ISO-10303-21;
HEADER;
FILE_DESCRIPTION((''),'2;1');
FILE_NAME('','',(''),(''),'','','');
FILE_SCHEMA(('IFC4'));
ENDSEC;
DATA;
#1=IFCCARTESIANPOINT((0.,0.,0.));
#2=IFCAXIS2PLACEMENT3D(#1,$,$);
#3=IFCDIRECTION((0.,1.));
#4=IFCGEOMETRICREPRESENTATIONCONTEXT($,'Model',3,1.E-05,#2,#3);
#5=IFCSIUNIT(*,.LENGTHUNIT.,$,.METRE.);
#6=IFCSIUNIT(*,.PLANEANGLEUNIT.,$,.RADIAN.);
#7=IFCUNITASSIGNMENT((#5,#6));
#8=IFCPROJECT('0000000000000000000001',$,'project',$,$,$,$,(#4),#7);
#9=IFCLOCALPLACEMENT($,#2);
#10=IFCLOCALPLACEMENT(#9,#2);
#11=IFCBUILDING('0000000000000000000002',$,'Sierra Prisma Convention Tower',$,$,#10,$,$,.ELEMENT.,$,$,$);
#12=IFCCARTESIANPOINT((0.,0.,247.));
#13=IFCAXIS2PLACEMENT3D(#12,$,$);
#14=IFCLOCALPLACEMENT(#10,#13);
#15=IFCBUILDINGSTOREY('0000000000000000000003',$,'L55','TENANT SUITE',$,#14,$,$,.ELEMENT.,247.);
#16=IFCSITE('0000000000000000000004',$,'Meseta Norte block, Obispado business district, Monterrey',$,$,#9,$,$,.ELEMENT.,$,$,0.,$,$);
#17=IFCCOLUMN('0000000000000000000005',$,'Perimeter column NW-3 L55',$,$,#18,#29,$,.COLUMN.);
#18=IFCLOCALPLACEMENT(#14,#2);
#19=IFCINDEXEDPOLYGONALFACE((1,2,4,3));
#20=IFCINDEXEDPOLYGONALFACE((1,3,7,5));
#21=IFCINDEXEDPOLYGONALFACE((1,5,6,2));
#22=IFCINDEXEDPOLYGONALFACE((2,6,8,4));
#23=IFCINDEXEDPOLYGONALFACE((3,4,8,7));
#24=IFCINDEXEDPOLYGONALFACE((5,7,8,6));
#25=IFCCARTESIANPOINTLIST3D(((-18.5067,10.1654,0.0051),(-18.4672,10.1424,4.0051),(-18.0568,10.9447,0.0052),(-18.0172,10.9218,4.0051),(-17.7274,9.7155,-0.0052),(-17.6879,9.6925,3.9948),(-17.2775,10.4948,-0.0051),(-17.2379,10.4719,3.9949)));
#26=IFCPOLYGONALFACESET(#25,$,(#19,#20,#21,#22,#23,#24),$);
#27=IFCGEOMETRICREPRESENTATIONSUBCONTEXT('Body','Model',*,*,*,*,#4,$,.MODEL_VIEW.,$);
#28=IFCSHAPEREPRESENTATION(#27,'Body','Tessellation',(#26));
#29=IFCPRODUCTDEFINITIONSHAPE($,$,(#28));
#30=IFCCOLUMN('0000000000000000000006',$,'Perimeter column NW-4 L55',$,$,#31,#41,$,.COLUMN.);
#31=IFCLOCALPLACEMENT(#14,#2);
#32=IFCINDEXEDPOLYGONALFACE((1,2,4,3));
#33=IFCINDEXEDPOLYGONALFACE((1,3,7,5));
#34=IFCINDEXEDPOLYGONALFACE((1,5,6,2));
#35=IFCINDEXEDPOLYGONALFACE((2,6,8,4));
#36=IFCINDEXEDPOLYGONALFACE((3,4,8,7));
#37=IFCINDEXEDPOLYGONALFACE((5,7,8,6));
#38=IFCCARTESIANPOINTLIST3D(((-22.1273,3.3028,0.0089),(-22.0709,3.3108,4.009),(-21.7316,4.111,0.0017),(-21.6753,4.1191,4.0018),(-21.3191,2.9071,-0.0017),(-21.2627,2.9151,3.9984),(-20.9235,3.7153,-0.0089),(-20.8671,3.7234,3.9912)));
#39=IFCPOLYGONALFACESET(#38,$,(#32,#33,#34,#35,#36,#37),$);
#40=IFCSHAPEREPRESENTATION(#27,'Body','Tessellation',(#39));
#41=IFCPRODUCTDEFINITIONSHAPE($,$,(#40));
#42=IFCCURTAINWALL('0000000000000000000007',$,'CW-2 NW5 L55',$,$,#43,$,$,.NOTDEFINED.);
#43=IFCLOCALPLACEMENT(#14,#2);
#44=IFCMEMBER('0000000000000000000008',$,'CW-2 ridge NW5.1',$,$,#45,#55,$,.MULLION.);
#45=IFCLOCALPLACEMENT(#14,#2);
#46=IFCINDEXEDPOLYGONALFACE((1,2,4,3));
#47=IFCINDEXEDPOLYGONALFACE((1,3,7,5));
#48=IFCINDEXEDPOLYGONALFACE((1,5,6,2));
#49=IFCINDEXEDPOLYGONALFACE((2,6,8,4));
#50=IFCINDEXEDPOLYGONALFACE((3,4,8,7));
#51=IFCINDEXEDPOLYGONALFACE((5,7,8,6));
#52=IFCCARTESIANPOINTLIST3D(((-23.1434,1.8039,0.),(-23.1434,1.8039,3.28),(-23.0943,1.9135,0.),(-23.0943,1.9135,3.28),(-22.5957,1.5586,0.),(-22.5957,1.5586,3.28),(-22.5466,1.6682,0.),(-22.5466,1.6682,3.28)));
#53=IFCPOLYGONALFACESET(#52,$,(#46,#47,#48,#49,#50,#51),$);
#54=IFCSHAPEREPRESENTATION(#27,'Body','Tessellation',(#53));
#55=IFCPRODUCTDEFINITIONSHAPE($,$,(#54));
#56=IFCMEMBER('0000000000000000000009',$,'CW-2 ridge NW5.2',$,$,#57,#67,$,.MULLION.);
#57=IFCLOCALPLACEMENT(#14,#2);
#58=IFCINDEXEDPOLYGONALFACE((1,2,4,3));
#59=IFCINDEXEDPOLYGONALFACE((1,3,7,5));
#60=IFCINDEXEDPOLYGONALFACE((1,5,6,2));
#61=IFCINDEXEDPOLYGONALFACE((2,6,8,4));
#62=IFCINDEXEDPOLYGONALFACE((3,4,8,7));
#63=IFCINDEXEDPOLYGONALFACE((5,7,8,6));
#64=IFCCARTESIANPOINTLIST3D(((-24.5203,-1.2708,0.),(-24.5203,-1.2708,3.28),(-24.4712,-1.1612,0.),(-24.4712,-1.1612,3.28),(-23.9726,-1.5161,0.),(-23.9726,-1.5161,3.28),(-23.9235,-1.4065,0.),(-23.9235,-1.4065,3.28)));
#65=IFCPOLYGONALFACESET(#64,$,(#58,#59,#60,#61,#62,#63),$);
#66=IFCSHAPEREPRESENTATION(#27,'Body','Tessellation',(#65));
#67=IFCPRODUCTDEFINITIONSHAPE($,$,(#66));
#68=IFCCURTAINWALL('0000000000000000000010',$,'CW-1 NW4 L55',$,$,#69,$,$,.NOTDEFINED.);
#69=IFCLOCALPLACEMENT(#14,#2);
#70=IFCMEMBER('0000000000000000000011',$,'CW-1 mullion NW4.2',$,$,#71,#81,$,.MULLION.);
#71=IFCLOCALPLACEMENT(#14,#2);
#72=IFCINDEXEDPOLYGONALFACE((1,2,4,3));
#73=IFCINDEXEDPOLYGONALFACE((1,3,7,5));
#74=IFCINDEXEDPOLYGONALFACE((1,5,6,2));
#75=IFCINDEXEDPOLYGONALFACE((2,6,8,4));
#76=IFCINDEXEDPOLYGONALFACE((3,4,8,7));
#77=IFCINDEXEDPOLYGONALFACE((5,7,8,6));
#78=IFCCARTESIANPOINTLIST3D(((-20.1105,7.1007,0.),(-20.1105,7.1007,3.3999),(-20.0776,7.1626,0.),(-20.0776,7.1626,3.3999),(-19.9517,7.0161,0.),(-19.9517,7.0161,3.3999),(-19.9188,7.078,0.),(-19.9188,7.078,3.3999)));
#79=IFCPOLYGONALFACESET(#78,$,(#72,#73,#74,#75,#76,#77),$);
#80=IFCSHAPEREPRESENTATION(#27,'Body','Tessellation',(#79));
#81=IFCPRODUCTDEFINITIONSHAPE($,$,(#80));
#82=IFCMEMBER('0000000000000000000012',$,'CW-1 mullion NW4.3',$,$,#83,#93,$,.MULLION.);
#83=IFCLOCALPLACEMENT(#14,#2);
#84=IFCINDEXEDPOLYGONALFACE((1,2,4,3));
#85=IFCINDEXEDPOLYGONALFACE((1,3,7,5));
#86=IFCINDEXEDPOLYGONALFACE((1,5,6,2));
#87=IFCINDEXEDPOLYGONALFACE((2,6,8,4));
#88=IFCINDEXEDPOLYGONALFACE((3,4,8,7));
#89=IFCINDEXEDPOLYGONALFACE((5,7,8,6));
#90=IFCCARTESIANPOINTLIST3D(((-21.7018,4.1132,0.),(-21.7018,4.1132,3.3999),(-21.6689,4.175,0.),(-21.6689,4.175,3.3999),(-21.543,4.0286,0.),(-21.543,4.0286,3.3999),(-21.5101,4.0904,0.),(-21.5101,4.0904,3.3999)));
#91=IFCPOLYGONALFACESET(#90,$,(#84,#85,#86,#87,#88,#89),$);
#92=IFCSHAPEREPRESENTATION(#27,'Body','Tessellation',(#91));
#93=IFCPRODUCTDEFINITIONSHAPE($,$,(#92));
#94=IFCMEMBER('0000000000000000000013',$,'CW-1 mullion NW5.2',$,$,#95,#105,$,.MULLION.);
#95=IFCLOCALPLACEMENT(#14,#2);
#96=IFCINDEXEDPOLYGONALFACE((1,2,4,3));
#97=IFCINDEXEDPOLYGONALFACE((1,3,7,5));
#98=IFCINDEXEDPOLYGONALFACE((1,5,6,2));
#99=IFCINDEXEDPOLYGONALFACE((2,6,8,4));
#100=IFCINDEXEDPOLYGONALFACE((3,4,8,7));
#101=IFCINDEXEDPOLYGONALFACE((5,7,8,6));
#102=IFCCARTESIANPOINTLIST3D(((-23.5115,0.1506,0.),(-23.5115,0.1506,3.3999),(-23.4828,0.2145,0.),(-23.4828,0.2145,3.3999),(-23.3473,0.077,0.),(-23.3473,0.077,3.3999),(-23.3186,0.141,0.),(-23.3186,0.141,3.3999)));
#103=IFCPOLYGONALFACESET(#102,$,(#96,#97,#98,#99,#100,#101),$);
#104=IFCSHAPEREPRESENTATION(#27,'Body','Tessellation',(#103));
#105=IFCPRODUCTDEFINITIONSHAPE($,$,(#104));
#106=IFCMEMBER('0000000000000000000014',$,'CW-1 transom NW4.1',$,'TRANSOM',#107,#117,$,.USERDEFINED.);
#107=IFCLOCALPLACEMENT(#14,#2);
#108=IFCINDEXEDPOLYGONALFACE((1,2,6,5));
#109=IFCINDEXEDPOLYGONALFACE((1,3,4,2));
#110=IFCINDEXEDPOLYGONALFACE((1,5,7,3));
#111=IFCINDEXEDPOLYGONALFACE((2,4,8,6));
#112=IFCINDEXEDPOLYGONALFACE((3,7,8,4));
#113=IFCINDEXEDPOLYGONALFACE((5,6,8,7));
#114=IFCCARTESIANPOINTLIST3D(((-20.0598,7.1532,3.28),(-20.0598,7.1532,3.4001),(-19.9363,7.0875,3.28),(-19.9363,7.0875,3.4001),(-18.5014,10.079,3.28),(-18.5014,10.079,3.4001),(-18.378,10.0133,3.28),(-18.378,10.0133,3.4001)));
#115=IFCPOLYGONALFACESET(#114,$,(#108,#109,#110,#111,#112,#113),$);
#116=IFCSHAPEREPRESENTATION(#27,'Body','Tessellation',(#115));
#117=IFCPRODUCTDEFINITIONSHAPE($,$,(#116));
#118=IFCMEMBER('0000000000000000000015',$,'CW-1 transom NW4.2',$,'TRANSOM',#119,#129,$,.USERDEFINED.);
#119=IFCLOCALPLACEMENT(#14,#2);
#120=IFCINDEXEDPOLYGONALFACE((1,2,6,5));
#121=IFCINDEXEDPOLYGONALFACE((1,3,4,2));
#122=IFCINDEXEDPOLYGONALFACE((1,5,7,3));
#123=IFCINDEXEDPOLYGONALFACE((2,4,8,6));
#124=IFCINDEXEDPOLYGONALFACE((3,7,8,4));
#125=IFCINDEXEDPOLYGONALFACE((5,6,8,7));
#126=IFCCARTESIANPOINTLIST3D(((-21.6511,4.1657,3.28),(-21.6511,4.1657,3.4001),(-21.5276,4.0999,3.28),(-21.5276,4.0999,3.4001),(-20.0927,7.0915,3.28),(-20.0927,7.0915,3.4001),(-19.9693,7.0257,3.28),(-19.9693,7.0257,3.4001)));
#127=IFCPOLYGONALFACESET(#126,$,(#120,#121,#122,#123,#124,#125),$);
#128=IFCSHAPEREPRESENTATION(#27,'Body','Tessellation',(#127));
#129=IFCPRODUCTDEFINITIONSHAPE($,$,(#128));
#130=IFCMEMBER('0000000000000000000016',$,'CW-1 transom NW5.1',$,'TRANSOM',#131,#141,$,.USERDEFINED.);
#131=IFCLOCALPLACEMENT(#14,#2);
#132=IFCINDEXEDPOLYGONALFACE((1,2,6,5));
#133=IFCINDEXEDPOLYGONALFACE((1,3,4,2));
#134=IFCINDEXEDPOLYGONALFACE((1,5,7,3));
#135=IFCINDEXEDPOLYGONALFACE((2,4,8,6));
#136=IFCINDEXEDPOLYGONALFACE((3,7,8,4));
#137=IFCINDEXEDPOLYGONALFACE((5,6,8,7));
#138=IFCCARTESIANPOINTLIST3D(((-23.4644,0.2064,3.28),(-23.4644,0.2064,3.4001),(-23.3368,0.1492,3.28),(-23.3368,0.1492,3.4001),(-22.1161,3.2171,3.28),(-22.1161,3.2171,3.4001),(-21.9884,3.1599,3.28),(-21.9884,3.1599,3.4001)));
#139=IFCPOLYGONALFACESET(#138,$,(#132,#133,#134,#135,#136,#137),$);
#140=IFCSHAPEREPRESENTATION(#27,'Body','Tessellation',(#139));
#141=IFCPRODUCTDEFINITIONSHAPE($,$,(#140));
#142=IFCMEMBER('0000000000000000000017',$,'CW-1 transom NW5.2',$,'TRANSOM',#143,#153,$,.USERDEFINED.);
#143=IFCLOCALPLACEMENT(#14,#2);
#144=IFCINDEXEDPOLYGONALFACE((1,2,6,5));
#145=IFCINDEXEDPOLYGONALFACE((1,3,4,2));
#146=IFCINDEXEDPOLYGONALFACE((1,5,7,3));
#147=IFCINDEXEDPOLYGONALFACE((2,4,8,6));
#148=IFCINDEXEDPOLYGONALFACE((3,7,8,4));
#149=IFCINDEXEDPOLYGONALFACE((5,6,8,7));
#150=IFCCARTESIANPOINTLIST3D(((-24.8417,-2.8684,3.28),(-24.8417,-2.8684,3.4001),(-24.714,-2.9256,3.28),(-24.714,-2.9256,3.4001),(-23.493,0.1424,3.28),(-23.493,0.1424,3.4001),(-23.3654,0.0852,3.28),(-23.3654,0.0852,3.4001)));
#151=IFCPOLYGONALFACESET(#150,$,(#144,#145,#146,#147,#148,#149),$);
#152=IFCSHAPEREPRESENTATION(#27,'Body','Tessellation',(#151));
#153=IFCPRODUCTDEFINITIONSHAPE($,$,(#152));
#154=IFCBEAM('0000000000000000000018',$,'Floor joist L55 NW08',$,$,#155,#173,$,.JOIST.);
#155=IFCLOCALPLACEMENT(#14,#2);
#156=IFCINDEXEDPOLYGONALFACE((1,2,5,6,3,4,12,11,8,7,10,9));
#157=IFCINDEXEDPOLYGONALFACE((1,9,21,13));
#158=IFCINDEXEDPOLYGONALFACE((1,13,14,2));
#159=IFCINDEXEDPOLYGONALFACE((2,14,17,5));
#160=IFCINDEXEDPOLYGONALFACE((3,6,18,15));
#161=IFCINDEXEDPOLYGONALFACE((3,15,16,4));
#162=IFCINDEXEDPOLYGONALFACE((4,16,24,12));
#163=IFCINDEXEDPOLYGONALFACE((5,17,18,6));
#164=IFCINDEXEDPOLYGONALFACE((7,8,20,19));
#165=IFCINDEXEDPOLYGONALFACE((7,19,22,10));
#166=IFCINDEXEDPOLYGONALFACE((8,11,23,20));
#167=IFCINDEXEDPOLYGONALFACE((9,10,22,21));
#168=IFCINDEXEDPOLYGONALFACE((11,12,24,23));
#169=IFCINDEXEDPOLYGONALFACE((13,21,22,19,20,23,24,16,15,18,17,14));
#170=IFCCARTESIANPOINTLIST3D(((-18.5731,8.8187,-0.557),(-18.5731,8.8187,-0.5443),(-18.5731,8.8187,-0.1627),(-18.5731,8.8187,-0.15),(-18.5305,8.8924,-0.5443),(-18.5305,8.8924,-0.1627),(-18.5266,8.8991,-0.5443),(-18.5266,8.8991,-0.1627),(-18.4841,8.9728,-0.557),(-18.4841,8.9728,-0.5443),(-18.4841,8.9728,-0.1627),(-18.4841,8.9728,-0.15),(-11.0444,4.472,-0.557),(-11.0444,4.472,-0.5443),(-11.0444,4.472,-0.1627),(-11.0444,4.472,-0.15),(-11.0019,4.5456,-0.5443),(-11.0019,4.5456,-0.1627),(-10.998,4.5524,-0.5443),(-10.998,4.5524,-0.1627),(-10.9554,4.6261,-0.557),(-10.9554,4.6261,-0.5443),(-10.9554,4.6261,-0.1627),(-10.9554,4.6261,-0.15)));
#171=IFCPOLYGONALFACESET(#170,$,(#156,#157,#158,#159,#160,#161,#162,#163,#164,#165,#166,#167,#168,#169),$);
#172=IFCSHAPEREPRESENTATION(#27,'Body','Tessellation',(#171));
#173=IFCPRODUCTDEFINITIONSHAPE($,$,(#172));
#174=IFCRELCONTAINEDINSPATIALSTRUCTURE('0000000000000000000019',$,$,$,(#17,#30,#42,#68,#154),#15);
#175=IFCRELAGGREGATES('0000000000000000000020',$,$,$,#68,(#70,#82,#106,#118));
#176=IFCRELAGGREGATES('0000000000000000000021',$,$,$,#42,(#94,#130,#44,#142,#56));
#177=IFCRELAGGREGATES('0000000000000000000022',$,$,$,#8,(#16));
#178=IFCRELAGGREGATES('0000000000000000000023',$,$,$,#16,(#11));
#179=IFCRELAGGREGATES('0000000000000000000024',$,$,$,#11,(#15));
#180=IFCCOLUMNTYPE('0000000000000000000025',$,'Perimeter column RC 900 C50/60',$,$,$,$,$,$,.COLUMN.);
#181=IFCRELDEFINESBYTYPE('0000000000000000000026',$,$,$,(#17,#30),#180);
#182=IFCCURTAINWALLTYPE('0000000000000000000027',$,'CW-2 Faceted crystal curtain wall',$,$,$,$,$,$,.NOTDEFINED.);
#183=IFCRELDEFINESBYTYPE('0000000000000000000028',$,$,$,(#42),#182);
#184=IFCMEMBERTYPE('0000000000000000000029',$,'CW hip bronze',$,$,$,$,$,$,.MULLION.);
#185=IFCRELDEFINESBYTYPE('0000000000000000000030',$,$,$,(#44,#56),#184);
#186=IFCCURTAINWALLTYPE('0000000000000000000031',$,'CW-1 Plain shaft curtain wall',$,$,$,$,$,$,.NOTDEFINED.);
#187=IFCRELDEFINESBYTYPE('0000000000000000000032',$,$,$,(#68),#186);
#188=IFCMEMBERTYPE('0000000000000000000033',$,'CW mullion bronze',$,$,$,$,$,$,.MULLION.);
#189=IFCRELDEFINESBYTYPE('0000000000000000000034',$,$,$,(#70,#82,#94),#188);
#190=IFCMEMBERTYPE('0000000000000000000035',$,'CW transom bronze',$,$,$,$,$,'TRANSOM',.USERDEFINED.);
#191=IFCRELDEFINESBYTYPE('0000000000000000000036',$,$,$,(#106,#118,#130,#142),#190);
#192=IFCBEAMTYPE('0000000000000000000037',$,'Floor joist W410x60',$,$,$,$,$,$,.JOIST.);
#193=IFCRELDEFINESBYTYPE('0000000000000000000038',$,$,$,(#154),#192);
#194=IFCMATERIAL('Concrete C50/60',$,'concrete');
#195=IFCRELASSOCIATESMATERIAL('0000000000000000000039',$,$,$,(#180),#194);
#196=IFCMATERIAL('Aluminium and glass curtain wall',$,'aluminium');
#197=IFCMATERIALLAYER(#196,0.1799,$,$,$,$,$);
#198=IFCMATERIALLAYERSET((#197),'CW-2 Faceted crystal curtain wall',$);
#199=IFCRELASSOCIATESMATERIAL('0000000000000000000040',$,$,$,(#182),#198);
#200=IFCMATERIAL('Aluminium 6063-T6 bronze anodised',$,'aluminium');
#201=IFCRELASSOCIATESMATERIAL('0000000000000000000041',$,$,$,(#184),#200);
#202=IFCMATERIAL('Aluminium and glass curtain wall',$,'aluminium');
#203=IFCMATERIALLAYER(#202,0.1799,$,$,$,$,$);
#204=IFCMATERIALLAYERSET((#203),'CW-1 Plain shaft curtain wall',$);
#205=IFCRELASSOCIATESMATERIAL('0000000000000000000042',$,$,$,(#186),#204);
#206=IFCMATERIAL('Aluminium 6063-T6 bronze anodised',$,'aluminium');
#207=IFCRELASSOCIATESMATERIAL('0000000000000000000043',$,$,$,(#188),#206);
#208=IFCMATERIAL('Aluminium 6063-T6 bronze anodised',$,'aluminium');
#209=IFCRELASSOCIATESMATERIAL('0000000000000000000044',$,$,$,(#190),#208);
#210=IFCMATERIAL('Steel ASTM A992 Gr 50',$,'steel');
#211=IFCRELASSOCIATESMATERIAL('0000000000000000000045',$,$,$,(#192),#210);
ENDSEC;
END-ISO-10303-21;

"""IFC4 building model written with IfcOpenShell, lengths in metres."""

from ifc_helpers import new_model, si_unit, direction, frame, origin, origin_2d, place, context, subcontext, project, spatial, rectangle, i_section, extrude, material, layer, layer_set, material_profile, profile_set, type_object, element, aggregate, save


model = new_model("IFC4")

# Units and contexts
model_context = context("Model", 3, precision=1e-05, world=origin(), true_north=direction((0.0, 1.0)))
body_context = subcontext(model_context, "Body", "Model", "MODEL_VIEW")
ifc_project = project(units=[si_unit("LENGTHUNIT", "METRE"), si_unit("PLANEANGLEUNIT", "RADIAN")], contexts=[model_context])

# Site, building, storey
site_placement = place(None, origin())
site = spatial("IfcSite", under=ifc_project, at=site_placement, Name="Meseta Norte block, Obispado business district, Monterrey", CompositionType="ELEMENT", RefElevation=0.0)
building_placement = place(site_placement, origin())
building = spatial("IfcBuilding", under=site, at=building_placement, Name="Sierra Prisma Convention Tower", CompositionType="ELEMENT")
storey_placement = place(building_placement, frame((0.0, 0.0, 247.0)))
storey = spatial("IfcBuildingStorey", under=building, at=storey_placement, Name="L55", Description="TENANT SUITE", CompositionType="ELEMENT", Elevation=247.0)

# Columns
ifc_material_1 = material(Name="Concrete C50/60", Category="concrete")
ifc_material_profile_1 = material_profile(ifc_material_1, rectangle(XDim=0.8999, YDim=0.8999, at=origin_2d()), Name="Perimeter column RC 900 C50/60")
ifc_profile_set_1 = profile_set([ifc_material_profile_1], Name="Concrete C50/60")
column_type = type_object("IfcColumnType", Name="Perimeter column RC 900 C50/60", PredefinedType="COLUMN", material=ifc_profile_set_1)
column_1_placement = place(storey_placement, frame((-17.8921, 10.3301, 0.0), z_axis=(0.009887, -0.005737, 0.999935), x_axis=(0.499976, 0.86604, 0.000025)))
element("IfcColumn", 1, at=column_1_placement, inside=storey, type_object=column_type, Name="Perimeter column NW-3 L55", PredefinedType="COLUMN", context=body_context, shape_type="SweptSolid", body=[
    extrude(rectangle(XDim=0.8999, YDim=0.8999, at=origin_2d()), origin(), (0.0, 0.0, 1.0), 4.0002),
])
column_2_placement = place(storey_placement, frame((-21.5254, 3.509, 0.0), z_axis=(0.014098, 0.002014, 0.999899), x_axis=(0.439656, 0.898131, -0.008008)))
element("IfcColumn", 2, at=column_2_placement, inside=storey, type_object=column_type, Name="Perimeter column NW-4 L55", PredefinedType="COLUMN", context=body_context, shape_type="SweptSolid", body=[
    extrude(rectangle(XDim=0.8999, YDim=0.8999, at=origin_2d()), origin(), (0.0, 0.0, 1.0), 4.0005),
])

# Curtain walls, members
ifc_material_2 = material(Name="Aluminium and glass curtain wall", Category="aluminium")
ifc_layer_1 = layer(ifc_material_2, 0.1799)
ifc_layer_set_1 = layer_set([ifc_layer_1], Name="CW-2 Faceted crystal curtain wall")
curtain_wall_type_1 = type_object("IfcCurtainWallType", Name="CW-2 Faceted crystal curtain wall", PredefinedType="NOTDEFINED", material=ifc_layer_set_1)
curtain_wall_1_placement = place(storey_placement, origin())
curtain_wall_1 = element("IfcCurtainWall", 3, at=curtain_wall_1_placement, inside=storey, type_object=curtain_wall_type_1, Name="CW-2 NW5 L55", PredefinedType="NOTDEFINED")
ifc_material_3 = material(Name="Aluminium 6063-T6 bronze anodised", Category="aluminium")
ifc_material_profile_2 = material_profile(ifc_material_3, rectangle(XDim=0.1201, YDim=0.6001, at=origin_2d()), Name="ALU RIDGE BLADE 120x600")
ifc_profile_set_2 = profile_set([ifc_material_profile_2], Name="Aluminium 6063-T6 bronze anodised")
member_type_1 = type_object("IfcMemberType", Name="CW hip bronze", PredefinedType="MULLION", material=ifc_profile_set_2)
member_1_placement = place(storey_placement, frame((-22.845, 1.7361, 0.0), z_axis=(0.0, 0.0, 1.0), x_axis=(-0.408762, -0.912641, 0.0)))
member_1 = element("IfcMember", 4, at=member_1_placement, type_object=member_type_1, Name="CW-2 ridge NW5.1", PredefinedType="MULLION", context=body_context, shape_type="SweptSolid", body=[
    extrude(rectangle(XDim=0.1201, YDim=0.6001, at=origin_2d()), origin(), (0.0, 0.0, 1.0), 3.28),
])
member_2_placement = place(storey_placement, frame((-24.2219, -1.3386, 0.0), z_axis=(0.0, 0.0, 1.0), x_axis=(-0.408762, -0.912641, 0.0)))
member_2 = element("IfcMember", 5, at=member_2_placement, type_object=member_type_1, Name="CW-2 ridge NW5.2", PredefinedType="MULLION", context=body_context, shape_type="SweptSolid", body=[
    extrude(rectangle(XDim=0.1201, YDim=0.6001, at=origin_2d()), origin(), (0.0, 0.0, 1.0), 3.28),
])
ifc_material_4 = material(Name="Aluminium and glass curtain wall", Category="aluminium")
ifc_layer_2 = layer(ifc_material_4, 0.1799)
ifc_layer_set_2 = layer_set([ifc_layer_2], Name="CW-1 Plain shaft curtain wall")
curtain_wall_type_2 = type_object("IfcCurtainWallType", Name="CW-1 Plain shaft curtain wall", PredefinedType="NOTDEFINED", material=ifc_layer_set_2)
curtain_wall_2_placement = place(storey_placement, origin())
curtain_wall_2 = element("IfcCurtainWall", 6, at=curtain_wall_2_placement, inside=storey, type_object=curtain_wall_type_2, Name="CW-1 NW4 L55", PredefinedType="NOTDEFINED")
ifc_material_5 = material(Name="Aluminium 6063-T6 bronze anodised", Category="aluminium")
ifc_material_profile_3 = material_profile(ifc_material_5, rectangle(XDim=0.1799, YDim=0.0701, at=origin_2d()), Name="ALU MULLION 70x180")
ifc_profile_set_3 = profile_set([ifc_material_profile_3], Name="Aluminium 6063-T6 bronze anodised")
member_type_2 = type_object("IfcMemberType", Name="CW mullion bronze", PredefinedType="MULLION", material=ifc_profile_set_3)
member_3_placement = place(storey_placement, frame((-20.0146, 7.0894, 0.0), z_axis=(0.0, 0.0, 1.0), x_axis=(0.8826, -0.470124, 0.0)))
member_3 = element("IfcMember", 7, at=member_3_placement, type_object=member_type_2, Name="CW-1 mullion NW4.2", PredefinedType="MULLION", context=body_context, shape_type="SweptSolid", body=[
    extrude(rectangle(XDim=0.1799, YDim=0.0701, at=origin_2d()), origin(), (0.0, 0.0, 1.0), 3.3999),
])
member_4_placement = place(storey_placement, frame((-21.606, 4.1018, 0.0), z_axis=(0.0, 0.0, 1.0), x_axis=(0.8826, -0.470124, 0.0)))
member_4 = element("IfcMember", 8, at=member_4_placement, type_object=member_type_2, Name="CW-1 mullion NW4.3", PredefinedType="MULLION", context=body_context, shape_type="SweptSolid", body=[
    extrude(rectangle(XDim=0.1799, YDim=0.0701, at=origin_2d()), origin(), (0.0, 0.0, 1.0), 3.3999),
])

# Members
member_5_placement = place(storey_placement, frame((-23.415, 0.1458, 0.0), z_axis=(0.0, 0.0, 1.0), x_axis=(0.912641, -0.408762, 0.0)))
member_5 = element("IfcMember", 9, at=member_5_placement, type_object=member_type_2, Name="CW-1 mullion NW5.2", PredefinedType="MULLION", context=body_context, shape_type="SweptSolid", body=[
    extrude(rectangle(XDim=0.1799, YDim=0.0701, at=origin_2d()), origin(), (0.0, 0.0, 1.0), 3.3999),
])
ifc_material_6 = material(Name="Aluminium 6063-T6 bronze anodised", Category="aluminium")
ifc_material_profile_4 = material_profile(ifc_material_6, rectangle(XDim=0.1399, YDim=0.1201, at=origin_2d()), Name="ALU TRANSOM 120x140")
ifc_profile_set_4 = profile_set([ifc_material_profile_4], Name="Aluminium 6063-T6 bronze anodised")
member_type_3 = type_object("IfcMemberType", Name="CW transom bronze", ElementType="TRANSOM", PredefinedType="USERDEFINED", material=ifc_profile_set_4)
member_6_placement = place(storey_placement, frame((-18.4397, 10.0461, 3.3401), z_axis=(-0.470103, -0.882612, 0.0), x_axis=(0.882612, -0.470103, 0.0)))
member_6 = element("IfcMember", 10, at=member_6_placement, type_object=member_type_3, Name="CW-1 transom NW4.1", ObjectType="TRANSOM", PredefinedType="USERDEFINED", context=body_context, shape_type="SweptSolid", body=[
    extrude(rectangle(XDim=0.1399, YDim=0.1201, at=origin_2d()), origin(), (0.0, 0.0, 1.0), 3.3149),
])
member_7_placement = place(storey_placement, frame((-20.031, 7.0586, 3.3401), z_axis=(-0.470103, -0.882612, 0.0), x_axis=(0.882612, -0.470103, 0.0)))
member_7 = element("IfcMember", 11, at=member_7_placement, type_object=member_type_3, Name="CW-1 transom NW4.2", ObjectType="TRANSOM", PredefinedType="USERDEFINED", context=body_context, shape_type="SweptSolid", body=[
    extrude(rectangle(XDim=0.1399, YDim=0.1201, at=origin_2d()), origin(), (0.0, 0.0, 1.0), 3.3149),
])
member_8_placement = place(storey_placement, frame((-22.0522, 3.1885, 3.3401), z_axis=(-0.408739, -0.912651, 0.0), x_axis=(0.912651, -0.408739, 0.0)))
member_8 = element("IfcMember", 12, at=member_8_placement, type_object=member_type_3, Name="CW-1 transom NW5.1", ObjectType="TRANSOM", PredefinedType="USERDEFINED", context=body_context, shape_type="SweptSolid", body=[
    extrude(rectangle(XDim=0.1399, YDim=0.1201, at=origin_2d()), origin(), (0.0, 0.0, 1.0), 3.2988),
])
member_9_placement = place(storey_placement, frame((-23.4292, 0.1138, 3.3401), z_axis=(-0.408801, -0.912624, 0.0), x_axis=(0.912624, -0.408801, 0.0)))
member_9 = element("IfcMember", 13, at=member_9_placement, type_object=member_type_3, Name="CW-1 transom NW5.2", ObjectType="TRANSOM", PredefinedType="USERDEFINED", context=body_context, shape_type="SweptSolid", body=[
    extrude(rectangle(XDim=0.1399, YDim=0.1201, at=origin_2d()), origin(), (0.0, 0.0, 1.0), 3.2991),
])

# Beam
ifc_material_7 = material(Name="Steel ASTM A992 Gr 50", Category="steel")
ifc_material_profile_5 = material_profile(ifc_material_7, i_section(OverallWidth=0.178, OverallDepth=0.407, WebThickness=0.0078, FlangeThickness=0.0127, at=origin_2d()), Name="W410x60")
ifc_profile_set_5 = profile_set([ifc_material_profile_5], Name="Steel ASTM A992 Gr 50")
beam_type_1 = type_object("IfcBeamType", Name="Floor joist W410x60", PredefinedType="JOIST", material=ifc_profile_set_5)
beam_1_placement = place(storey_placement, frame((-18.5286, 8.8958, -0.3535), z_axis=(0.866022, -0.500005, 0.0), x_axis=(0.500005, 0.866022, 0.0)))
element("IfcBeam", 14, at=beam_1_placement, inside=storey, type_object=beam_type_1, Name="Floor joist L55 NW08", PredefinedType="JOIST", context=body_context, shape_type="SweptSolid", body=[
    extrude(i_section(OverallWidth=0.178, OverallDepth=0.407, WebThickness=0.0078, FlangeThickness=0.0127, at=origin_2d()), origin(), (0.0, 0.0, 1.0), 8.6934),
])

aggregate(curtain_wall_2, [member_3, member_4, member_6, member_7])
aggregate(curtain_wall_1, [member_5, member_8, member_1, member_9, member_2])

save(model, "model.ifc")
